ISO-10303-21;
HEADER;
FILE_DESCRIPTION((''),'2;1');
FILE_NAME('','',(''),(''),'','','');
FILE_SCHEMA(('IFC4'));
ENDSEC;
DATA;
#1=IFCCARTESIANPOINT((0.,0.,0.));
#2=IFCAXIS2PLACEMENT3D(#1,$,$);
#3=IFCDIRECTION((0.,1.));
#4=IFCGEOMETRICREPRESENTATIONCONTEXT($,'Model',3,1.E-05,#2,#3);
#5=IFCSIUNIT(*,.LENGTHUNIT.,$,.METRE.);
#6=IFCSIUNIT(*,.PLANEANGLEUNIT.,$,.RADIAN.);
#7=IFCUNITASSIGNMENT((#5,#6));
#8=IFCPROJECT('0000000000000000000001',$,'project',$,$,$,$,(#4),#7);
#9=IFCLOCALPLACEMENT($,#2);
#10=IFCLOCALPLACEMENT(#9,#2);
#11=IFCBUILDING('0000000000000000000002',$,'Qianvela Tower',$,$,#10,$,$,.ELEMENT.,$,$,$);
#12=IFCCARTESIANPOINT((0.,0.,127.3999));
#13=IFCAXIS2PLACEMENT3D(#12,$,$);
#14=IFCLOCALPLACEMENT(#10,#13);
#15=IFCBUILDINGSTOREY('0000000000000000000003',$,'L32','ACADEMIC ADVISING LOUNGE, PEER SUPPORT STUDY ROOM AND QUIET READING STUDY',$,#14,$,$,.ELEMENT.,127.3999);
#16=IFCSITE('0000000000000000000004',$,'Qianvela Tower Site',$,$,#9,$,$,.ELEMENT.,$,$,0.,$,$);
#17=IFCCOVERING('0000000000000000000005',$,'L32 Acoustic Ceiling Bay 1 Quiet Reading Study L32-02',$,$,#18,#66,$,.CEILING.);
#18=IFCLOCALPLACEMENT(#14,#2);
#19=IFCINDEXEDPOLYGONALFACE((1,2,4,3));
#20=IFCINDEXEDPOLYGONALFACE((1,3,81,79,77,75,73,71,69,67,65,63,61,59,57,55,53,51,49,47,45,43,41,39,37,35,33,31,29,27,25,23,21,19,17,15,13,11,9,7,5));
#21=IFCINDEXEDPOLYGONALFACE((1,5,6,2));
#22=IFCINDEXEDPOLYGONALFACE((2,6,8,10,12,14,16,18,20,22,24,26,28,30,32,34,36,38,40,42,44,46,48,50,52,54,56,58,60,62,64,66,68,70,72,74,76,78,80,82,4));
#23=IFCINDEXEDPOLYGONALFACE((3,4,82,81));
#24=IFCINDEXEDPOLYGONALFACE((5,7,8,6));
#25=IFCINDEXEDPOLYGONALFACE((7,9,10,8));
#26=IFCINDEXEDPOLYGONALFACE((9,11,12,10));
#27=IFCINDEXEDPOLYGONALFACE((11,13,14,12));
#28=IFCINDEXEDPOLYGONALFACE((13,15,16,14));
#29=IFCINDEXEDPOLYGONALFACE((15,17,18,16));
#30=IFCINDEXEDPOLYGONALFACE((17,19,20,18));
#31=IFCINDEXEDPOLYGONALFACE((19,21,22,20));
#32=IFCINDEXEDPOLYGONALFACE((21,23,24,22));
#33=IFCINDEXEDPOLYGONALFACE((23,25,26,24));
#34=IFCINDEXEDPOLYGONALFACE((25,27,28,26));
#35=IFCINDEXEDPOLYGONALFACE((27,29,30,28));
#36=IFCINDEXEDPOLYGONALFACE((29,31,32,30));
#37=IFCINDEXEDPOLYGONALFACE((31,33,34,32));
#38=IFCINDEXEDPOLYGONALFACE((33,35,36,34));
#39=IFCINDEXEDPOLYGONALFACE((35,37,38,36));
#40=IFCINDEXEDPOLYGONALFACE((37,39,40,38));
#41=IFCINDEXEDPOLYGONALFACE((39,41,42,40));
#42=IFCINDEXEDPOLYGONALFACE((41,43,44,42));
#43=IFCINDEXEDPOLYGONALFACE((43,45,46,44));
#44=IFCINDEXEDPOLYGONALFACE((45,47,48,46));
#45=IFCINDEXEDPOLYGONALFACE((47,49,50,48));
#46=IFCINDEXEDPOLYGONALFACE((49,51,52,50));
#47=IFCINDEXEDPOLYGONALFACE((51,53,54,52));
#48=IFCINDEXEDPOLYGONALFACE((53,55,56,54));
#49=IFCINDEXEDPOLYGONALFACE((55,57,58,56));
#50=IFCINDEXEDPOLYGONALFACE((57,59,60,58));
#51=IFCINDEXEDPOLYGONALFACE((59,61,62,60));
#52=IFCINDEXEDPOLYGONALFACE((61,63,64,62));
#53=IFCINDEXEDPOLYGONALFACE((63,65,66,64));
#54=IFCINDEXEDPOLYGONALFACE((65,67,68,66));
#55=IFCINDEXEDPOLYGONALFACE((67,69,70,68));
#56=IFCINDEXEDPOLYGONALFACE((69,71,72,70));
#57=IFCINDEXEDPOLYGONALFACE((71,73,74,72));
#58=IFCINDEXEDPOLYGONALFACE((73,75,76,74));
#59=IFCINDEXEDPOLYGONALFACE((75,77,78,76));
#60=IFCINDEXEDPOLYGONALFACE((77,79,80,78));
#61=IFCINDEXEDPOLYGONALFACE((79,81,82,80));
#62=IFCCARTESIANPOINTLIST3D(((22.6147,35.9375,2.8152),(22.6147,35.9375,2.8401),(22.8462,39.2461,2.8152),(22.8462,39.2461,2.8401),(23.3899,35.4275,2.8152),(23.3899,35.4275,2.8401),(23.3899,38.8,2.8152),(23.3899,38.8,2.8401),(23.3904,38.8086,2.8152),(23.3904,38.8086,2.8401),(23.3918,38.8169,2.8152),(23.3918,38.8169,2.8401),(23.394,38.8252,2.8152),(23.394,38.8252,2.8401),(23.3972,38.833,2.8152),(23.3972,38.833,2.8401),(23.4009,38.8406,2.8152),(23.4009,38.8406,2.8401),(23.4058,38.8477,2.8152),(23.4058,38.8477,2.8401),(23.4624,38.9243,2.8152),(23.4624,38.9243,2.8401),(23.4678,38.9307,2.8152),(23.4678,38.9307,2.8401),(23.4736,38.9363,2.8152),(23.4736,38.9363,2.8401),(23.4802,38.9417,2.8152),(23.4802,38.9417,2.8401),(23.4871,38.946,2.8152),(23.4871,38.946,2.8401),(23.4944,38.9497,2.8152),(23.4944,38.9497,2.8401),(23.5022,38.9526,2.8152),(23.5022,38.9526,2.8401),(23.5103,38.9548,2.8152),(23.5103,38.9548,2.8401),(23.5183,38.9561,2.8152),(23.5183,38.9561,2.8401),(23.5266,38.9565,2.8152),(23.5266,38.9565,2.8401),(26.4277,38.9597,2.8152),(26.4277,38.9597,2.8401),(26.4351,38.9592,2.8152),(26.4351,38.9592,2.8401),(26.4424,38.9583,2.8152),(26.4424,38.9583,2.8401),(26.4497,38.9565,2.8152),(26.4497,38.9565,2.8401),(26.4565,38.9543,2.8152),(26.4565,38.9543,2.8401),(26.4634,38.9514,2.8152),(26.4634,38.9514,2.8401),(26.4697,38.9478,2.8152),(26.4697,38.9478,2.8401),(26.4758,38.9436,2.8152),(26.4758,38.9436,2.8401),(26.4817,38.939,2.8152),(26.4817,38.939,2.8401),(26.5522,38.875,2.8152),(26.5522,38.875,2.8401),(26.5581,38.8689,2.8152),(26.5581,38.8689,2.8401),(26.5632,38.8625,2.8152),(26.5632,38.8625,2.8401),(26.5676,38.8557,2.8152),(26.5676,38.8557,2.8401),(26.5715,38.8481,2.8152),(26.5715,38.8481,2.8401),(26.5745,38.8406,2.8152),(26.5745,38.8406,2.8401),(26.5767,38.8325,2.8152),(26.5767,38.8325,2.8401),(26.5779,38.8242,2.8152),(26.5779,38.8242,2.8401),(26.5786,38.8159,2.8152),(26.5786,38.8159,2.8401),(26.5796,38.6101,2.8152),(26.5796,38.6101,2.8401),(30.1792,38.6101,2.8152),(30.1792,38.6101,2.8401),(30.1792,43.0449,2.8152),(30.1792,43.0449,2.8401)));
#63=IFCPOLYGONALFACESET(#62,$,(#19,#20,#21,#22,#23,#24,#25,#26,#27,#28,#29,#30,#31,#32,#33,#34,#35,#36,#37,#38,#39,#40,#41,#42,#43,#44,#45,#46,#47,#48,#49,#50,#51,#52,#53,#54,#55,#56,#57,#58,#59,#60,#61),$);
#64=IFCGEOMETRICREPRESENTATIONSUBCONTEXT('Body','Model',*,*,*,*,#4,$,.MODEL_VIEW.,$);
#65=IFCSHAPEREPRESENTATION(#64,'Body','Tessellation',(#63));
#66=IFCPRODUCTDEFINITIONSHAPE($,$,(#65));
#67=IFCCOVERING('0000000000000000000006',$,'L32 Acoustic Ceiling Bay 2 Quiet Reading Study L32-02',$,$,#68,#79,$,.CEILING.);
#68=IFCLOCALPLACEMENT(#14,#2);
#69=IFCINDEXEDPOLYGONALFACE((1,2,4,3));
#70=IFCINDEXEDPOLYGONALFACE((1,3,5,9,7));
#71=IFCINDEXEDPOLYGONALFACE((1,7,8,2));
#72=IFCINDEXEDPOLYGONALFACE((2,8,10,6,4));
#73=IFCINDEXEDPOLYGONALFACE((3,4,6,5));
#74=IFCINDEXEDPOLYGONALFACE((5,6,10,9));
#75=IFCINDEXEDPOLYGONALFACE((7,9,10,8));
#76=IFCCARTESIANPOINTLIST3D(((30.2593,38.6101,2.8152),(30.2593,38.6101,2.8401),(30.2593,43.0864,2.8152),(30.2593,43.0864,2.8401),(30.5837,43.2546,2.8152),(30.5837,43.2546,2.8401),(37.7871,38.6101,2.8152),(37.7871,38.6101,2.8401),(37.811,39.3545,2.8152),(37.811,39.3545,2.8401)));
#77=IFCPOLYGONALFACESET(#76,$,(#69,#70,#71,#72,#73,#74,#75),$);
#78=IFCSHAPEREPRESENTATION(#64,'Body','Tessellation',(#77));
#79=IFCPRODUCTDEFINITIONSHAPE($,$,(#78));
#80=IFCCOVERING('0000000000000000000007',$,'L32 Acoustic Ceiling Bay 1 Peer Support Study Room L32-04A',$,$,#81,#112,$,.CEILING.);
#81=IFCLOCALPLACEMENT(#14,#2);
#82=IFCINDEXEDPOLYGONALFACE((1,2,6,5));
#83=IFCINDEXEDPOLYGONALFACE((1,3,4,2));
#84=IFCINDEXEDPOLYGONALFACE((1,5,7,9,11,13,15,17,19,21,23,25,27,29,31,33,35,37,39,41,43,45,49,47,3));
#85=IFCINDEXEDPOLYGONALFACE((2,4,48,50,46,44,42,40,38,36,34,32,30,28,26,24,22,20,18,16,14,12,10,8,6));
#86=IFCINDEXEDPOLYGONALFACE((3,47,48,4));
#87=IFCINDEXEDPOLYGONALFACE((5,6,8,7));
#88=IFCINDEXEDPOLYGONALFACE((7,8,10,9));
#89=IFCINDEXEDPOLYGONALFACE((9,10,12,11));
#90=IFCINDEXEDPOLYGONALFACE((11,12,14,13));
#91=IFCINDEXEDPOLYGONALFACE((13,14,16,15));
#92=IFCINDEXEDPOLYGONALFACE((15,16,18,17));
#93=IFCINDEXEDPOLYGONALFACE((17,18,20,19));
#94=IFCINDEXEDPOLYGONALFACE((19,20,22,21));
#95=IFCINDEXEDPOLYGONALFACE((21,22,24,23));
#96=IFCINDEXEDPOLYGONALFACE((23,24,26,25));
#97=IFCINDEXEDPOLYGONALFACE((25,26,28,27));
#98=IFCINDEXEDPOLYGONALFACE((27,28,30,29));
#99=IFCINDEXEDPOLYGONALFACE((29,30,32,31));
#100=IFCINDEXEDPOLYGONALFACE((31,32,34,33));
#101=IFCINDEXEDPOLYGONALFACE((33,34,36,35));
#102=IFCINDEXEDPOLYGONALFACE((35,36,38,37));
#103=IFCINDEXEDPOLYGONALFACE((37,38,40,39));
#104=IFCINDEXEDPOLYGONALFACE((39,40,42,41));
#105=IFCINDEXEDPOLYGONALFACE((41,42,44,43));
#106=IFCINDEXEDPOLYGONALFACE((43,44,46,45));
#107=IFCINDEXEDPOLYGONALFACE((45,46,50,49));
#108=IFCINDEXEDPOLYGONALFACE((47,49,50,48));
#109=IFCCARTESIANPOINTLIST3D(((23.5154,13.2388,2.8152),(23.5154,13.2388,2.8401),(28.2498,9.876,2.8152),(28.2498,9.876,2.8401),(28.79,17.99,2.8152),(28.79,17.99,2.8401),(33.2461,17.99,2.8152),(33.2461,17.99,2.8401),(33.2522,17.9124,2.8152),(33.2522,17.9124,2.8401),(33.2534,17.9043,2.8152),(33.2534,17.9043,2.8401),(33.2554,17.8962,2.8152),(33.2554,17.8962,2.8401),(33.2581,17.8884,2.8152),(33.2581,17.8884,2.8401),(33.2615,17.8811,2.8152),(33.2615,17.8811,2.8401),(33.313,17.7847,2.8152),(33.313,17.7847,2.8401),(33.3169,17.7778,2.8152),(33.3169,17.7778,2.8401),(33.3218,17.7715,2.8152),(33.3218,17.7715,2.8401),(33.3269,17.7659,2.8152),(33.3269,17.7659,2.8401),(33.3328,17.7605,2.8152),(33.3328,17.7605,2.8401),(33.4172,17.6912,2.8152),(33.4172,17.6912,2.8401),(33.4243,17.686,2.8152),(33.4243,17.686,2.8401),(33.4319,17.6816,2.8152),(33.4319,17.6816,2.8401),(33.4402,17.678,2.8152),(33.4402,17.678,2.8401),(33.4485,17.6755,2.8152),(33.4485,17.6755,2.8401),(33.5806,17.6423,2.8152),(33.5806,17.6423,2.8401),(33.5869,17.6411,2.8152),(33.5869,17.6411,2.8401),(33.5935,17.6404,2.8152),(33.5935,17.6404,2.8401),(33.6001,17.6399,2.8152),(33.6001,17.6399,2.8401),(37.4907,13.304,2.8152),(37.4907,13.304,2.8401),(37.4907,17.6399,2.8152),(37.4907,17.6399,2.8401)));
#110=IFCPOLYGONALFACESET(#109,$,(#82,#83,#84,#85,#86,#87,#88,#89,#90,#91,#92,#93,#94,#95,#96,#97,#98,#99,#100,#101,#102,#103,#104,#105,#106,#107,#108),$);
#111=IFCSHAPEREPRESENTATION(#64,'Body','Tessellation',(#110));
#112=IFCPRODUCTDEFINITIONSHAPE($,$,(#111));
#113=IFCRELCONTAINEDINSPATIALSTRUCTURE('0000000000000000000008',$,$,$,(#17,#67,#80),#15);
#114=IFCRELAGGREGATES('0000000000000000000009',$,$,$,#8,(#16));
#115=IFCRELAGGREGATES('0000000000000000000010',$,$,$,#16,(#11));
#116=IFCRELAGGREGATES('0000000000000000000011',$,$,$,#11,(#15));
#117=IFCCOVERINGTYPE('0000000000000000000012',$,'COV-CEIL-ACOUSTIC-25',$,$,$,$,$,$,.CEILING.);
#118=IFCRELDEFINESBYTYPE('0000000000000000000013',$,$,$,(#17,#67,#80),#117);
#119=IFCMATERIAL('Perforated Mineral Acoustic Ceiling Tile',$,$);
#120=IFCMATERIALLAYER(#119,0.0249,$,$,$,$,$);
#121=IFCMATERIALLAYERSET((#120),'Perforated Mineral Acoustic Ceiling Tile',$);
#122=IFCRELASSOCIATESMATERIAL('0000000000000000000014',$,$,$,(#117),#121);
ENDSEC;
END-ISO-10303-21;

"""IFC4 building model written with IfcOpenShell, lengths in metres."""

from ifc_helpers import new_model, si_unit, direction, frame, origin, place, context, subcontext, project, spatial, polyline, outline, extrude, material, layer, layer_set, type_object, element, save


model = new_model("IFC4")

# Units and contexts
model_context = context("Model", 3, precision=1e-05, world=origin(), true_north=direction((0.0, 1.0)))
body_context = subcontext(model_context, "Body", "Model", "MODEL_VIEW")
ifc_project = project(units=[si_unit("LENGTHUNIT", "METRE"), si_unit("PLANEANGLEUNIT", "RADIAN")], contexts=[model_context])

# Site, building, storey
site_placement = place(None, origin())
site = spatial("IfcSite", under=ifc_project, at=site_placement, Name="Qianvela Tower Site", CompositionType="ELEMENT", RefElevation=0.0)
building_placement = place(site_placement, origin())
building = spatial("IfcBuilding", under=site, at=building_placement, Name="Qianvela Tower", CompositionType="ELEMENT")
storey_placement = place(building_placement, frame((0.0, 0.0, 127.3999)))
storey = spatial("IfcBuildingStorey", under=building, at=storey_placement, Name="L32", Description="ACADEMIC ADVISING LOUNGE, PEER SUPPORT STUDY ROOM AND QUIET READING STUDY", CompositionType="ELEMENT", Elevation=127.3999)

# Coverings
ifc_material_1 = material(Name="Perforated Mineral Acoustic Ceiling Tile")
ifc_layer_1 = layer(ifc_material_1, 0.0249)
ifc_layer_set_1 = layer_set([ifc_layer_1], Name="Perforated Mineral Acoustic Ceiling Tile")
covering_type_1 = type_object("IfcCoveringType", Name="COV-CEIL-ACOUSTIC-25", PredefinedType="CEILING", material=ifc_layer_set_1)
covering_1_placement = place(storey_placement, frame((0.0, 0.0, 2.8152)))
element("IfcCovering", 1, at=covering_1_placement, inside=storey, type_object=covering_type_1, Name="L32 Acoustic Ceiling Bay 1 Quiet Reading Study L32-02", PredefinedType="CEILING", context=body_context, shape_type="SweptSolid", body=[
    extrude(outline(polyline([(26.5796, 38.6101), (26.5786, 38.8159), (26.5779, 38.8242), (26.5767, 38.8325), (26.5745, 38.8406), (26.5715, 38.8481), (26.5676, 38.8557), (26.5632, 38.8625), (26.5581, 38.8689), (26.5522, 38.875), (26.4817, 38.939), (26.4758, 38.9436), (26.4697, 38.9478), (26.4634, 38.9514), (26.4565, 38.9543), (26.4497, 38.9565), (26.4424, 38.9583), (26.4351, 38.9592), (26.4277, 38.9597), (23.5266, 38.9565), (23.5183, 38.9561), (23.5103, 38.9548), (23.5022, 38.9526), (23.4944, 38.9497), (23.4871, 38.946), (23.4802, 38.9417), (23.4736, 38.9363), (23.4678, 38.9307), (23.4624, 38.9243), (23.4058, 38.8477), (23.4009, 38.8406), (23.3972, 38.833), (23.394, 38.8252), (23.3918, 38.8169), (23.3904, 38.8086), (23.3899, 38.8), (23.3899, 35.4275), (22.6147, 35.9375), (22.8462, 39.2461), (30.1792, 43.0449), (30.1792, 38.6101), (26.5796, 38.6101)])), origin(), (0.0, 0.0, 1.0), 0.0249),
])
covering_2_placement = place(storey_placement, frame((0.0, 0.0, 2.8152)))
element("IfcCovering", 2, at=covering_2_placement, inside=storey, type_object=covering_type_1, Name="L32 Acoustic Ceiling Bay 2 Quiet Reading Study L32-02", PredefinedType="CEILING", context=body_context, shape_type="SweptSolid", body=[
    extrude(outline(polyline([(37.811, 39.3545), (37.7871, 38.6101), (30.2593, 38.6101), (30.2593, 43.0864), (30.5837, 43.2546), (37.811, 39.3545)])), origin(), (0.0, 0.0, 1.0), 0.0249),
])
covering_3_placement = place(storey_placement, frame((0.0, 0.0, 2.8152)))
element("IfcCovering", 3, at=covering_3_placement, inside=storey, type_object=covering_type_1, Name="L32 Acoustic Ceiling Bay 1 Peer Support Study Room L32-04A", PredefinedType="CEILING", context=body_context, shape_type="SweptSolid", body=[
    extrude(outline(polyline([(28.2498, 9.876), (23.5154, 13.2388), (28.79, 17.99), (33.2461, 17.99), (33.2522, 17.9124), (33.2534, 17.9043), (33.2554, 17.8962), (33.2581, 17.8884), (33.2615, 17.8811), (33.313, 17.7847), (33.3169, 17.7778), (33.3218, 17.7715), (33.3269, 17.7659), (33.3328, 17.7605), (33.4172, 17.6912), (33.4243, 17.686), (33.4319, 17.6816), (33.4402, 17.678), (33.4485, 17.6755), (33.5806, 17.6423), (33.5869, 17.6411), (33.5935, 17.6404), (33.6001, 17.6399), (37.4907, 17.6399), (37.4907, 13.304), (28.2498, 9.876)])), origin(), (0.0, 0.0, 1.0), 0.0249),
])

save(model, "model.ifc")
